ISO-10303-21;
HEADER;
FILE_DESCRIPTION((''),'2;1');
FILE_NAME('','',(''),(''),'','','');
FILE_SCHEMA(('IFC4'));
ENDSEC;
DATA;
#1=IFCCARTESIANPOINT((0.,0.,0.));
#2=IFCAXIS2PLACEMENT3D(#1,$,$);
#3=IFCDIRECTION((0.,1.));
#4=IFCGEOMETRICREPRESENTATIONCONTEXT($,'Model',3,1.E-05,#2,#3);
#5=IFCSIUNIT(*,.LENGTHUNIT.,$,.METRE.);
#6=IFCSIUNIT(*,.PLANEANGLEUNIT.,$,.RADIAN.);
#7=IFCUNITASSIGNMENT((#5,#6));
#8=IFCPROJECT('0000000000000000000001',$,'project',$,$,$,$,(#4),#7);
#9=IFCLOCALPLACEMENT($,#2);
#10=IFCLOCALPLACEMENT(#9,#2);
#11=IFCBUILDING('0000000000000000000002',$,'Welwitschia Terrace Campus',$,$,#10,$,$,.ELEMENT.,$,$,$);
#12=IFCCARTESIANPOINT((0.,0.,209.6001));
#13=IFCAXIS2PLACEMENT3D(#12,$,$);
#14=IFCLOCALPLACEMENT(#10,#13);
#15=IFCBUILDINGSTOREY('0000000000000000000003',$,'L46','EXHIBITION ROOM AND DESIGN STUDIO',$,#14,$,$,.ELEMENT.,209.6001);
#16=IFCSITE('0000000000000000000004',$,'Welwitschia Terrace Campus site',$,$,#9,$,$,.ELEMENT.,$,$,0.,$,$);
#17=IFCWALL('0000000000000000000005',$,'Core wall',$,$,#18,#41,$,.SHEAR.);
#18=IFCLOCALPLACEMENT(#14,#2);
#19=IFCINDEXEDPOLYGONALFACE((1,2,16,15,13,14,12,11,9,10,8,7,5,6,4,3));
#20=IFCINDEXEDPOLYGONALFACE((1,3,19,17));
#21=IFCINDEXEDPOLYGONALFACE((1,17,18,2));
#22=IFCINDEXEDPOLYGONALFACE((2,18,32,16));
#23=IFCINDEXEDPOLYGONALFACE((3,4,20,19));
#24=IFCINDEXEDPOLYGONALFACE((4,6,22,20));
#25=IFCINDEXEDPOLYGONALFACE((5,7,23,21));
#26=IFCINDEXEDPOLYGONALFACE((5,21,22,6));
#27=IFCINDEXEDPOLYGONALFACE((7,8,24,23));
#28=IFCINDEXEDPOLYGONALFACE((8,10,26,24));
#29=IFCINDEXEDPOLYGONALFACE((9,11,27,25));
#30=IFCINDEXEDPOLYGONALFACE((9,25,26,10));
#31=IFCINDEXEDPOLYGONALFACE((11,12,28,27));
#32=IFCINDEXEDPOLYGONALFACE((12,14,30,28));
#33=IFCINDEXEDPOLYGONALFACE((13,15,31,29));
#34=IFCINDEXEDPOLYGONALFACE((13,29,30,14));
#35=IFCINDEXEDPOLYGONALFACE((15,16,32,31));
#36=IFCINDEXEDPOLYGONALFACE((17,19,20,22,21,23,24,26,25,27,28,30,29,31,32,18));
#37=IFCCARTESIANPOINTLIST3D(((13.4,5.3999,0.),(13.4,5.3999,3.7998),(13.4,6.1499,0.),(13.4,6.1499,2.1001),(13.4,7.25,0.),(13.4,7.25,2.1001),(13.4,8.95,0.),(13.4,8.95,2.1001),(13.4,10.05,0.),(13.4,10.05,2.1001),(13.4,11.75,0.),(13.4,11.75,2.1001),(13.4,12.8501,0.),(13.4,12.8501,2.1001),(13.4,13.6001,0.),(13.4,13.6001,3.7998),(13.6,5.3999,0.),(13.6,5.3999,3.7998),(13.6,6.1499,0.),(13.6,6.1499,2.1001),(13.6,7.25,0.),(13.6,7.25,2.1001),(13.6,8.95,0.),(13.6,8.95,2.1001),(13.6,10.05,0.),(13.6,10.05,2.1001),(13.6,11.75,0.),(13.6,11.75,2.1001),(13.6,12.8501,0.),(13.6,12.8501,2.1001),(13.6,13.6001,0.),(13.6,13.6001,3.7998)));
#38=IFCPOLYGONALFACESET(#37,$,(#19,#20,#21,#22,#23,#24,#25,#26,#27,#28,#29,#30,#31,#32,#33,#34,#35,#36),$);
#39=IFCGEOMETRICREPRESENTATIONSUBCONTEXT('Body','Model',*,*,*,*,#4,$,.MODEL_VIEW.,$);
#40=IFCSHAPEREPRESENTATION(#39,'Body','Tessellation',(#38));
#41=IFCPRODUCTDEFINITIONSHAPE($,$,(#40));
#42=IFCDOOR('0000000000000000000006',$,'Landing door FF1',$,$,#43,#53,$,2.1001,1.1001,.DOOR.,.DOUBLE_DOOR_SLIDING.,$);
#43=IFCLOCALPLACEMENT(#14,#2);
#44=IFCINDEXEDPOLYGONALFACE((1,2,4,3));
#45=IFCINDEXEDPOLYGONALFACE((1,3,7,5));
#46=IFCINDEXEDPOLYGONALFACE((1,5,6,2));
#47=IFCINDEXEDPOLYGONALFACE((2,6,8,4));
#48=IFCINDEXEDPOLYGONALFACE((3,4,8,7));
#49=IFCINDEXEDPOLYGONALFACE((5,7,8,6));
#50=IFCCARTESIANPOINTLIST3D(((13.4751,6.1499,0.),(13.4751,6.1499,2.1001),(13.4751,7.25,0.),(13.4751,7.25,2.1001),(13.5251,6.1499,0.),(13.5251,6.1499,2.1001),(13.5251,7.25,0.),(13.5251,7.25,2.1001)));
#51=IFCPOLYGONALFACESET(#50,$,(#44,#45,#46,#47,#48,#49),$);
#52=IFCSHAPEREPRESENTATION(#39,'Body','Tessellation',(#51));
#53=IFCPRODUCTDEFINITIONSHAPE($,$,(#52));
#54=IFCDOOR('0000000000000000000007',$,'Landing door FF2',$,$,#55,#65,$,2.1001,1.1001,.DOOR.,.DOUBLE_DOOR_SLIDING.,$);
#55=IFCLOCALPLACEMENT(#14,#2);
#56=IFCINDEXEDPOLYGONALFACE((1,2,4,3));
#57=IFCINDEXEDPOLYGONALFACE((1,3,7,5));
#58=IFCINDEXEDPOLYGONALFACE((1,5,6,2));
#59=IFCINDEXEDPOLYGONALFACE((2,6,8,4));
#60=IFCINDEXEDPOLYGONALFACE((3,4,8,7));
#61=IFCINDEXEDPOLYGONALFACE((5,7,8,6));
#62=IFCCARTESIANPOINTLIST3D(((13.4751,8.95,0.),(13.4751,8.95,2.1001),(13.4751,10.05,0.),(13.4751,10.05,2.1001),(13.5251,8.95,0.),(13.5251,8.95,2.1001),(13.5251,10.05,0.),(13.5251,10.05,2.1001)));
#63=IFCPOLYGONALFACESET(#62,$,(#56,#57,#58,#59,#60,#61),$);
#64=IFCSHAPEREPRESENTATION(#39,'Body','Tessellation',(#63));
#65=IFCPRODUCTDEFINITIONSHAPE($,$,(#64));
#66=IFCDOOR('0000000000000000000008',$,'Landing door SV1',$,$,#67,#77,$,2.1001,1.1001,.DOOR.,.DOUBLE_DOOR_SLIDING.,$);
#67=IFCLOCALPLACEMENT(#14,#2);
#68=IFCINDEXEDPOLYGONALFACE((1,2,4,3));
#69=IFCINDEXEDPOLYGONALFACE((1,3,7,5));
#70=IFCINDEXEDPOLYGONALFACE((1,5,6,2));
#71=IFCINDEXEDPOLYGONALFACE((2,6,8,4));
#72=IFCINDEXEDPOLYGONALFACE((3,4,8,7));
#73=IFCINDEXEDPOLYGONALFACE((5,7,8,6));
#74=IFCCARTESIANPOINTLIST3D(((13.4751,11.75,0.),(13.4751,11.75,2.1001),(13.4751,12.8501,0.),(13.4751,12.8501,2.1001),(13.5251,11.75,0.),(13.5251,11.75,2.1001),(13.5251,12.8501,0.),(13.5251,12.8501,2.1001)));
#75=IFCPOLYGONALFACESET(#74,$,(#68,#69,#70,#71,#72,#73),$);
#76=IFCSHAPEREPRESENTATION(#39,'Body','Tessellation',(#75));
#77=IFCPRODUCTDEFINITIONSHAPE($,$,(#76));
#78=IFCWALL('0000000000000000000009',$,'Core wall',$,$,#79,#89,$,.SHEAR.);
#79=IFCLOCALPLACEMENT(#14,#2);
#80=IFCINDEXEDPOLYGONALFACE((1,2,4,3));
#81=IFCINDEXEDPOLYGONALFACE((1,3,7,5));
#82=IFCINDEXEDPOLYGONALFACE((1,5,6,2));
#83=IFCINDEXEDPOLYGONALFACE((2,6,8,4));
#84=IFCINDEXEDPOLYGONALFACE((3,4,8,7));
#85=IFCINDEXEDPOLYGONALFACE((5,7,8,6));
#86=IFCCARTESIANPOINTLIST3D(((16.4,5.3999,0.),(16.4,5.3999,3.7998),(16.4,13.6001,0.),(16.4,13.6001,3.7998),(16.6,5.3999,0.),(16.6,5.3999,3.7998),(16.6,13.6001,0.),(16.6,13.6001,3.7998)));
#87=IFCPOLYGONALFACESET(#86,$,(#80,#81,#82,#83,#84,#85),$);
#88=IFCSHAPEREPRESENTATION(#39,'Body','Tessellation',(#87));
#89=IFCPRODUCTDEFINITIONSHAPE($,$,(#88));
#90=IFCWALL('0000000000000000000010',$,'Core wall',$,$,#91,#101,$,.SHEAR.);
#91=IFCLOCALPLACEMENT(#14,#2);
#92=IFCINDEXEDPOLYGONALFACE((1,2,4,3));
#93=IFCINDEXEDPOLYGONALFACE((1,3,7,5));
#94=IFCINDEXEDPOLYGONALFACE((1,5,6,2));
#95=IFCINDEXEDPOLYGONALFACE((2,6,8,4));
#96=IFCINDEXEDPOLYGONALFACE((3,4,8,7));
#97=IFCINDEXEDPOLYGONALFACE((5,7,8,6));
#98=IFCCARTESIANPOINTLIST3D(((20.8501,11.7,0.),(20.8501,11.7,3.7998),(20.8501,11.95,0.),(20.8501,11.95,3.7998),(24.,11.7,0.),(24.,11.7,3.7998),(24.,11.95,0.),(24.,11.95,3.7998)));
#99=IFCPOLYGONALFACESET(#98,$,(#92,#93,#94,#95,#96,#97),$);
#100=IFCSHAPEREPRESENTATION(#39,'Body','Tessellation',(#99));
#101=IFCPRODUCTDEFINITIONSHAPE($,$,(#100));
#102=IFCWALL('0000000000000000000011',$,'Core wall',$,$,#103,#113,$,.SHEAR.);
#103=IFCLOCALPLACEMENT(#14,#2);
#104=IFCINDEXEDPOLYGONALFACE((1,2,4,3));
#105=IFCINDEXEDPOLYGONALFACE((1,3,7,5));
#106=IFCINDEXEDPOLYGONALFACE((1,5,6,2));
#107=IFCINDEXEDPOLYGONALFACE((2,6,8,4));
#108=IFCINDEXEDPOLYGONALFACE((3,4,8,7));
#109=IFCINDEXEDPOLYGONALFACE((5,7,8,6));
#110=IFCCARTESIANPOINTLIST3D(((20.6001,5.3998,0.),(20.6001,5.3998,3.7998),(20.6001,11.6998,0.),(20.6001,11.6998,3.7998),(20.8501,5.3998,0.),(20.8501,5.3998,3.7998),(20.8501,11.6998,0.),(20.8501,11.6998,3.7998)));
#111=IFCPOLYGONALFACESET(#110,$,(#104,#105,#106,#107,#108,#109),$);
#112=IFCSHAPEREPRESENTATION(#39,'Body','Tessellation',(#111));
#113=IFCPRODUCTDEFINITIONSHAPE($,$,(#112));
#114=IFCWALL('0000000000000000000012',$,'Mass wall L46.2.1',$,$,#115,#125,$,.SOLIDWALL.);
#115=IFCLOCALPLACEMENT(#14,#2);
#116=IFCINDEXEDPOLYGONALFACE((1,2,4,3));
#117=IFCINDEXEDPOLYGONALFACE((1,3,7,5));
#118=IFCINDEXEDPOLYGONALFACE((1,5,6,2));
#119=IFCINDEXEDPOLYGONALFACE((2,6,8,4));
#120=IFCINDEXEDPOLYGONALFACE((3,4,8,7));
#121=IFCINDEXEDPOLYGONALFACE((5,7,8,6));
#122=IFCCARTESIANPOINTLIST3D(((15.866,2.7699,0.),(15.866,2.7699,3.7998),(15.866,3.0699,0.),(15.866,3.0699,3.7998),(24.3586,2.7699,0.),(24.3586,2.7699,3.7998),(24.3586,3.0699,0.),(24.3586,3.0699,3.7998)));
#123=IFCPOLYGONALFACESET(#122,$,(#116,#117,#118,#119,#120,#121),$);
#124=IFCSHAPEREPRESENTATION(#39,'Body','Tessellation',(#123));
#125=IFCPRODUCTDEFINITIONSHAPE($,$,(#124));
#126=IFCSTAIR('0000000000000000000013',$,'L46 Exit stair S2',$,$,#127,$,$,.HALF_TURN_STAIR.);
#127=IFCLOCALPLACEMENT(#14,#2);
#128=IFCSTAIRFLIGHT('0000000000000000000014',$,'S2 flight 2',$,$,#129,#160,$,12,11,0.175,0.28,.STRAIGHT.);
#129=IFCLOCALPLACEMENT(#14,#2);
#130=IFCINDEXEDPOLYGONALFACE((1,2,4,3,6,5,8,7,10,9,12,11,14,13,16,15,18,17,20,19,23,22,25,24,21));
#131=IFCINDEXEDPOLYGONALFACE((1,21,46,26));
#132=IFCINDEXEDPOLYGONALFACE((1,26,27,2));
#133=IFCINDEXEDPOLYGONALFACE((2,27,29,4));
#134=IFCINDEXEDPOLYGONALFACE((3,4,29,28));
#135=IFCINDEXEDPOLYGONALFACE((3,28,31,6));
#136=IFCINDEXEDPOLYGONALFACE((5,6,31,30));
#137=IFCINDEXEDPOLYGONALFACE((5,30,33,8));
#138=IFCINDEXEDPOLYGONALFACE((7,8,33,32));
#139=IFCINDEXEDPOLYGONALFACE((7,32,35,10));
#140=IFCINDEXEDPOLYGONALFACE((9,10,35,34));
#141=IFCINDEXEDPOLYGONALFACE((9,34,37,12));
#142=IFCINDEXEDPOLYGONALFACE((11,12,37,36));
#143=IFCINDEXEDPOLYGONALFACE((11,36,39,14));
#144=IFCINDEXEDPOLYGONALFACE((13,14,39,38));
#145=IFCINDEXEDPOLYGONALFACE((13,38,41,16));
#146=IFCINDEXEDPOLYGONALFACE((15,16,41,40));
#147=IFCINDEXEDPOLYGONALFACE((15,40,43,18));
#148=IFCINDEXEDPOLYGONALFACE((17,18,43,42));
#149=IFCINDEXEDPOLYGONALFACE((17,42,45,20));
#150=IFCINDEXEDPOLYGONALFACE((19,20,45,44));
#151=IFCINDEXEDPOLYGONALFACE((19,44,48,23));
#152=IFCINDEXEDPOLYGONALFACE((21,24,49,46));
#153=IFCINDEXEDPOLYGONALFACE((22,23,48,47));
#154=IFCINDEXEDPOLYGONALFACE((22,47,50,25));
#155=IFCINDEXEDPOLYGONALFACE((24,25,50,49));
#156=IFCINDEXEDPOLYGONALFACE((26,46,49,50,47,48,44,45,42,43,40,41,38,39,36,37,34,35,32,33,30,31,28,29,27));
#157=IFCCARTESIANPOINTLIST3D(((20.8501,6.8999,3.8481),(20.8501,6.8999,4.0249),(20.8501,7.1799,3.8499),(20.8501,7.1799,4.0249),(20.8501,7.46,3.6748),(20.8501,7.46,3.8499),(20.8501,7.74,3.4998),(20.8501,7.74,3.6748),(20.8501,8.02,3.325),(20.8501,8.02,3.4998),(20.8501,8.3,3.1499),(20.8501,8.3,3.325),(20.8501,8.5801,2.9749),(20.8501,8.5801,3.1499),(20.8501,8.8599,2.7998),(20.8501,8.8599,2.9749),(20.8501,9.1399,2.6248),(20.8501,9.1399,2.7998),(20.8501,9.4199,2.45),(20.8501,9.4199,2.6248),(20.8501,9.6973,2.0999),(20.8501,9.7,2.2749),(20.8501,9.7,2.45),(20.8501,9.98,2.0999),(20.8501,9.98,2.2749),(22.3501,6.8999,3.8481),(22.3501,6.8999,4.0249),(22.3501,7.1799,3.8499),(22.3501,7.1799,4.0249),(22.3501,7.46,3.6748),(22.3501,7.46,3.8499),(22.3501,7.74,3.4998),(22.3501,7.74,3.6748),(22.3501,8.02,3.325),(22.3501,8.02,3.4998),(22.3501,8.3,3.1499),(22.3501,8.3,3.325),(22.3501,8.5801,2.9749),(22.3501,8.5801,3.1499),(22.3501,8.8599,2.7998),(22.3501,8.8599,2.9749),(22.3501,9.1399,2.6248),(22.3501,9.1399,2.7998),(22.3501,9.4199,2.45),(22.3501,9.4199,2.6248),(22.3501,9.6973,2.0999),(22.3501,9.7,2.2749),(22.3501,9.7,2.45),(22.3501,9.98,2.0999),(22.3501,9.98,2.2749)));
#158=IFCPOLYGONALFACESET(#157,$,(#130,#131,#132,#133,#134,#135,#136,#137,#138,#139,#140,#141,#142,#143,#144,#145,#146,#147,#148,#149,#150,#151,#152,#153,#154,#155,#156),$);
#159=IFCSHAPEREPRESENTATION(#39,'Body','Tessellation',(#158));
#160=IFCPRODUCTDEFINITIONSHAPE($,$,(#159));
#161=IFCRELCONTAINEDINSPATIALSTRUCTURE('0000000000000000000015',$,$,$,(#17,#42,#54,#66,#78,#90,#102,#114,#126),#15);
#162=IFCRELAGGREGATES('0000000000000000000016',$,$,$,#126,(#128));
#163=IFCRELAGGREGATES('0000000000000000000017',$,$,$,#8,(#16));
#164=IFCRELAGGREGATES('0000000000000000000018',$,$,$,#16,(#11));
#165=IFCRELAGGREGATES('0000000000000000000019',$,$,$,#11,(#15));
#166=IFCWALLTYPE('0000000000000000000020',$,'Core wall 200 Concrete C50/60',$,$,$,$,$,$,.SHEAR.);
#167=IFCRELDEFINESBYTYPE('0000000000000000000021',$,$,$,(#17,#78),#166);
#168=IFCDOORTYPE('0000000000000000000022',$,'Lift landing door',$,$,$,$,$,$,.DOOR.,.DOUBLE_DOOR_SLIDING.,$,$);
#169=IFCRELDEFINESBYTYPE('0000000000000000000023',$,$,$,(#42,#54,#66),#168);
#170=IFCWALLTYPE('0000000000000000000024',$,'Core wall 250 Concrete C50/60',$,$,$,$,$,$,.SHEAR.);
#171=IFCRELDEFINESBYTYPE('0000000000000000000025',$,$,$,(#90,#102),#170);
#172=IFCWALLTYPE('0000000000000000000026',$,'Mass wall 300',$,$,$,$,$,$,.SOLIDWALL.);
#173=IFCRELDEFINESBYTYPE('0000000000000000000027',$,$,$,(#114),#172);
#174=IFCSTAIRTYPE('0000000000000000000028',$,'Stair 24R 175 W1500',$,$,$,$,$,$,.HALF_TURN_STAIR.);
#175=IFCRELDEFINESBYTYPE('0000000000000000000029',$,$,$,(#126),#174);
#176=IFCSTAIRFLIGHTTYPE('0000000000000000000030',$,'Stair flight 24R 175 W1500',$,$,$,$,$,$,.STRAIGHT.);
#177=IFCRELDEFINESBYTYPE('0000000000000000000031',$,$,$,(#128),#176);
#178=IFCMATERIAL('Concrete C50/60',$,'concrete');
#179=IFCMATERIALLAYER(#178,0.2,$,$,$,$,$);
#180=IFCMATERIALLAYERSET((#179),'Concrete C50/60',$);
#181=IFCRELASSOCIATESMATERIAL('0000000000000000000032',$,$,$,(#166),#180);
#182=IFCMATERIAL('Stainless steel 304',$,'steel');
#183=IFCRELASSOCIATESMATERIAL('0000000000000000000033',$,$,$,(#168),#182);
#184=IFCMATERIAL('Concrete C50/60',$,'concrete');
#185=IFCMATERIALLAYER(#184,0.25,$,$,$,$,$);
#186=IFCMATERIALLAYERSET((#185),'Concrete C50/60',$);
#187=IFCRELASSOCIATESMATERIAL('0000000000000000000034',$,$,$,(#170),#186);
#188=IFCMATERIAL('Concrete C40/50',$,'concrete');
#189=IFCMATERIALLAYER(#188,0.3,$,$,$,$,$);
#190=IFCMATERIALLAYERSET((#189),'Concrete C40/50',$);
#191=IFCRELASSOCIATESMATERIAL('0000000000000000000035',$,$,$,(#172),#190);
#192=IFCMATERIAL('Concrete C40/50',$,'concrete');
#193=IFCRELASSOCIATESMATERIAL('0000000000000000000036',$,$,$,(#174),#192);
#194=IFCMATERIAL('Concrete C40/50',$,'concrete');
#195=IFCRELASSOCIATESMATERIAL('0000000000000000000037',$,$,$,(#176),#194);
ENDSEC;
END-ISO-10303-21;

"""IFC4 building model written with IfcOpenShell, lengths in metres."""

from ifc_helpers import new_model, si_unit, direction, frame, frame_2d, origin, place, context, subcontext, project, spatial, polyline, rectangle, outline, extrude, material, layer, layer_set, type_object, element, fill, aggregate, save


model = new_model("IFC4")

# Units and contexts
model_context = context("Model", 3, precision=1e-05, world=origin(), true_north=direction((0.0, 1.0)))
body_context = subcontext(model_context, "Body", "Model", "MODEL_VIEW")
ifc_project = project(units=[si_unit("LENGTHUNIT", "METRE"), si_unit("PLANEANGLEUNIT", "RADIAN")], contexts=[model_context])

# Site, building, storey
site_placement = place(None, origin())
site = spatial("IfcSite", under=ifc_project, at=site_placement, Name="Welwitschia Terrace Campus site", CompositionType="ELEMENT", RefElevation=0.0)
building_placement = place(site_placement, origin())
building = spatial("IfcBuilding", under=site, at=building_placement, Name="Welwitschia Terrace Campus", CompositionType="ELEMENT")
storey_placement = place(building_placement, frame((0.0, 0.0, 209.6001)))
storey = spatial("IfcBuildingStorey", under=building, at=storey_placement, Name="L46", Description="EXHIBITION ROOM AND DESIGN STUDIO", CompositionType="ELEMENT", Elevation=209.6001)

# Shared definitions
ifc_material_1 = material(Name="Concrete C50/60", Category="concrete")
ifc_layer_1 = layer(ifc_material_1, 0.2)
ifc_layer_set_1 = layer_set([ifc_layer_1], Name="Concrete C50/60")
wall_type_1 = type_object("IfcWallType", Name="Core wall 200 Concrete C50/60", PredefinedType="SHEAR", material=ifc_layer_set_1)

# Wall, openings, doors
wall_1_placement = place(storey_placement, frame((13.5, 5.3999, 0.0), z_axis=(0.0, 0.0, 1.0), x_axis=(0.0, 1.0, 0.0)))
wall_1 = element("IfcWall", 1, at=wall_1_placement, inside=storey, type_object=wall_type_1, Name="Core wall", PredefinedType="SHEAR", context=body_context, shape_type="SweptSolid", body=[
    extrude(rectangle(XDim=8.2002, YDim=0.2, at=frame_2d((4.1001, 0.0))), origin(), (0.0, 0.0, 1.0), 3.7998),
])
opening_1_placement = place(wall_1_placement, frame((0.75, 0.0, 0.0)))
opening_1 = element("IfcOpeningElement", 2, at=opening_1_placement, cuts=wall_1, PredefinedType="OPENING", context=body_context, shape_type="SweptSolid", body=[
    extrude(rectangle(XDim=1.1001, YDim=2.1001, at=frame_2d((0.55, 1.05))), frame((0.0, 0.1099, 0.0), z_axis=(0.0, -1.0, 0.0), x_axis=(1.0, 0.0, 0.0)), (0.0, 0.0, 1.0), 0.22),
])
opening_2_placement = place(wall_1_placement, frame((3.55, 0.0, 0.0)))
opening_2 = element("IfcOpeningElement", 3, at=opening_2_placement, cuts=wall_1, PredefinedType="OPENING", context=body_context, shape_type="SweptSolid", body=[
    extrude(rectangle(XDim=1.1001, YDim=2.1001, at=frame_2d((0.55, 1.05))), frame((0.0, 0.1099, 0.0), z_axis=(0.0, -1.0, 0.0), x_axis=(1.0, 0.0, 0.0)), (0.0, 0.0, 1.0), 0.22),
])
opening_3_placement = place(wall_1_placement, frame((6.3501, 0.0, 0.0)))
opening_3 = element("IfcOpeningElement", 4, at=opening_3_placement, cuts=wall_1, PredefinedType="OPENING", context=body_context, shape_type="SweptSolid", body=[
    extrude(rectangle(XDim=1.1001, YDim=2.1001, at=frame_2d((0.55, 1.05))), frame((0.0, 0.1099, 0.0), z_axis=(0.0, -1.0, 0.0), x_axis=(1.0, 0.0, 0.0)), (0.0, 0.0, 1.0), 0.22),
])
ifc_material_2 = material(Name="Stainless steel 304", Category="steel")
door_type = type_object("IfcDoorType", Name="Lift landing door", OperationType="DOUBLE_DOOR_SLIDING", PredefinedType="DOOR", material=ifc_material_2)
door_1_placement = place(opening_1_placement, origin())
door_1 = element("IfcDoor", 5, at=door_1_placement, inside=storey, type_object=door_type, Name="Landing door FF1", OperationType="DOUBLE_DOOR_SLIDING", OverallHeight=2.1001, OverallWidth=1.1001, PredefinedType="DOOR", context=body_context, shape_type="SweptSolid", body=[
    extrude(rectangle(XDim=1.1001, YDim=2.1001, at=frame_2d((0.55, 1.05))), frame((0.0, 0.0249, 0.0), z_axis=(0.0, -1.0, 0.0), x_axis=(1.0, 0.0, 0.0)), (0.0, 0.0, 1.0), 0.05),
])
fill(opening_1, door_1)
door_2_placement = place(opening_2_placement, origin())
door_2 = element("IfcDoor", 6, at=door_2_placement, inside=storey, type_object=door_type, Name="Landing door FF2", OperationType="DOUBLE_DOOR_SLIDING", OverallHeight=2.1001, OverallWidth=1.1001, PredefinedType="DOOR", context=body_context, shape_type="SweptSolid", body=[
    extrude(rectangle(XDim=1.1001, YDim=2.1001, at=frame_2d((0.55, 1.05))), frame((0.0, 0.0249, 0.0), z_axis=(0.0, -1.0, 0.0), x_axis=(1.0, 0.0, 0.0)), (0.0, 0.0, 1.0), 0.05),
])
fill(opening_2, door_2)
door_3_placement = place(opening_3_placement, origin())
door_3 = element("IfcDoor", 7, at=door_3_placement, inside=storey, type_object=door_type, Name="Landing door SV1", OperationType="DOUBLE_DOOR_SLIDING", OverallHeight=2.1001, OverallWidth=1.1001, PredefinedType="DOOR", context=body_context, shape_type="SweptSolid", body=[
    extrude(rectangle(XDim=1.1001, YDim=2.1001, at=frame_2d((0.55, 1.05))), frame((0.0, 0.0249, 0.0), z_axis=(0.0, -1.0, 0.0), x_axis=(1.0, 0.0, 0.0)), (0.0, 0.0, 1.0), 0.05),
])
fill(opening_3, door_3)

# Walls
wall_2_placement = place(storey_placement, frame((16.5, 5.3999, 0.0), z_axis=(0.0, 0.0, 1.0), x_axis=(0.0, 1.0, 0.0)))
element("IfcWall", 8, at=wall_2_placement, inside=storey, type_object=wall_type_1, Name="Core wall", PredefinedType="SHEAR", context=body_context, shape_type="SweptSolid", body=[
    extrude(rectangle(XDim=8.2002, YDim=0.2, at=frame_2d((4.1001, 0.0))), origin(), (0.0, 0.0, 1.0), 3.7998),
])
ifc_material_3 = material(Name="Concrete C50/60", Category="concrete")
ifc_layer_2 = layer(ifc_material_3, 0.25)
ifc_layer_set_2 = layer_set([ifc_layer_2], Name="Concrete C50/60")
wall_type_2 = type_object("IfcWallType", Name="Core wall 250 Concrete C50/60", PredefinedType="SHEAR", material=ifc_layer_set_2)
wall_3_placement = place(storey_placement, frame((20.8501, 11.825, 0.0), z_axis=(0.0, 0.0, 1.0), x_axis=(1.0, 0.0, 0.0)))
element("IfcWall", 9, at=wall_3_placement, inside=storey, type_object=wall_type_2, Name="Core wall", PredefinedType="SHEAR", context=body_context, shape_type="SweptSolid", body=[
    extrude(rectangle(XDim=3.1499, YDim=0.25, at=frame_2d((1.575, 0.0))), origin(), (0.0, 0.0, 1.0), 3.7998),
])
wall_4_placement = place(storey_placement, frame((20.7251, 5.3999, 0.0), z_axis=(0.0, 0.0, 1.0), x_axis=(0.0, 1.0, 0.0)))
element("IfcWall", 10, at=wall_4_placement, inside=storey, type_object=wall_type_2, Name="Core wall", PredefinedType="SHEAR", context=body_context, shape_type="SweptSolid", body=[
    extrude(rectangle(XDim=6.3, YDim=0.25, at=frame_2d((3.1499, 0.0))), origin(), (0.0, 0.0, 1.0), 3.7998),
])
ifc_material_4 = material(Name="Concrete C40/50", Category="concrete")
ifc_layer_3 = layer(ifc_material_4, 0.3)
ifc_layer_set_3 = layer_set([ifc_layer_3], Name="Concrete C40/50")
wall_type_3 = type_object("IfcWallType", Name="Mass wall 300", PredefinedType="SOLIDWALL", material=ifc_layer_set_3)
wall_5_placement = place(storey_placement, frame((15.866, 2.9199, 0.0), z_axis=(0.0, 0.0, 1.0), x_axis=(1.0, 0.0, 0.0)))
element("IfcWall", 11, at=wall_5_placement, inside=storey, type_object=wall_type_3, Name="Mass wall L46.2.1", PredefinedType="SOLIDWALL", context=body_context, shape_type="SweptSolid", body=[
    extrude(rectangle(XDim=8.4927, YDim=0.3, at=frame_2d((4.2463, 0.0))), origin(), (0.0, 0.0, 1.0), 3.7998),
])

# Stair, stair flight
ifc_material_5 = material(Name="Concrete C40/50", Category="concrete")
stair_type = type_object("IfcStairType", Name="Stair 24R 175 W1500", PredefinedType="HALF_TURN_STAIR", material=ifc_material_5)
stair_placement = place(storey_placement, origin())
stair = element("IfcStair", 12, at=stair_placement, inside=storey, type_object=stair_type, Name="L46 Exit stair S2", PredefinedType="HALF_TURN_STAIR")
ifc_material_6 = material(Name="Concrete C40/50", Category="concrete")
stair_flight_type = type_object("IfcStairFlightType", Name="Stair flight 24R 175 W1500", PredefinedType="STRAIGHT", material=ifc_material_6)
stair_flight_placement = place(storey_placement, frame((21.6001, 9.98, 2.0999), z_axis=(0.0, 0.0, 1.0), x_axis=(0.0, -1.0, 0.0)))
stair_flight = element("IfcStairFlight", 13, at=stair_flight_placement, type_object=stair_flight_type, Name="S2 flight 2", NumberOfRisers=12, NumberOfTreads=11, PredefinedType="STRAIGHT", RiserHeight=0.175, TreadLength=0.28, context=body_context, shape_type="SweptSolid", body=[
    extrude(outline(polyline([(0.0, 0.0), (0.0, 0.175), (0.28, 0.175), (0.28, 0.3501), (0.5601, 0.3501), (0.5601, 0.5249), (0.8401, 0.5249), (0.8401, 0.7), (1.1201, 0.7), (1.1201, 0.875), (1.3999, 0.875), (1.3999, 1.05), (1.6799, 1.05), (1.6799, 1.2251), (1.96, 1.2251), (1.96, 1.3999), (2.24, 1.3999), (2.24, 1.575), (2.52, 1.575), (2.52, 1.75), (2.8, 1.75), (2.8, 1.925), (3.0801, 1.925), (3.0801, 2.1001), (3.0801, 1.7483), (0.2827, 0.0), (0.0, 0.0)])), frame((0.0, 0.75, 0.0), z_axis=(0.0, -1.0, 0.0), x_axis=(1.0, 0.0, 0.0)), (0.0, 0.0, 1.0), 1.5),
])
aggregate(stair, [stair_flight])

save(model, "model.ifc")
